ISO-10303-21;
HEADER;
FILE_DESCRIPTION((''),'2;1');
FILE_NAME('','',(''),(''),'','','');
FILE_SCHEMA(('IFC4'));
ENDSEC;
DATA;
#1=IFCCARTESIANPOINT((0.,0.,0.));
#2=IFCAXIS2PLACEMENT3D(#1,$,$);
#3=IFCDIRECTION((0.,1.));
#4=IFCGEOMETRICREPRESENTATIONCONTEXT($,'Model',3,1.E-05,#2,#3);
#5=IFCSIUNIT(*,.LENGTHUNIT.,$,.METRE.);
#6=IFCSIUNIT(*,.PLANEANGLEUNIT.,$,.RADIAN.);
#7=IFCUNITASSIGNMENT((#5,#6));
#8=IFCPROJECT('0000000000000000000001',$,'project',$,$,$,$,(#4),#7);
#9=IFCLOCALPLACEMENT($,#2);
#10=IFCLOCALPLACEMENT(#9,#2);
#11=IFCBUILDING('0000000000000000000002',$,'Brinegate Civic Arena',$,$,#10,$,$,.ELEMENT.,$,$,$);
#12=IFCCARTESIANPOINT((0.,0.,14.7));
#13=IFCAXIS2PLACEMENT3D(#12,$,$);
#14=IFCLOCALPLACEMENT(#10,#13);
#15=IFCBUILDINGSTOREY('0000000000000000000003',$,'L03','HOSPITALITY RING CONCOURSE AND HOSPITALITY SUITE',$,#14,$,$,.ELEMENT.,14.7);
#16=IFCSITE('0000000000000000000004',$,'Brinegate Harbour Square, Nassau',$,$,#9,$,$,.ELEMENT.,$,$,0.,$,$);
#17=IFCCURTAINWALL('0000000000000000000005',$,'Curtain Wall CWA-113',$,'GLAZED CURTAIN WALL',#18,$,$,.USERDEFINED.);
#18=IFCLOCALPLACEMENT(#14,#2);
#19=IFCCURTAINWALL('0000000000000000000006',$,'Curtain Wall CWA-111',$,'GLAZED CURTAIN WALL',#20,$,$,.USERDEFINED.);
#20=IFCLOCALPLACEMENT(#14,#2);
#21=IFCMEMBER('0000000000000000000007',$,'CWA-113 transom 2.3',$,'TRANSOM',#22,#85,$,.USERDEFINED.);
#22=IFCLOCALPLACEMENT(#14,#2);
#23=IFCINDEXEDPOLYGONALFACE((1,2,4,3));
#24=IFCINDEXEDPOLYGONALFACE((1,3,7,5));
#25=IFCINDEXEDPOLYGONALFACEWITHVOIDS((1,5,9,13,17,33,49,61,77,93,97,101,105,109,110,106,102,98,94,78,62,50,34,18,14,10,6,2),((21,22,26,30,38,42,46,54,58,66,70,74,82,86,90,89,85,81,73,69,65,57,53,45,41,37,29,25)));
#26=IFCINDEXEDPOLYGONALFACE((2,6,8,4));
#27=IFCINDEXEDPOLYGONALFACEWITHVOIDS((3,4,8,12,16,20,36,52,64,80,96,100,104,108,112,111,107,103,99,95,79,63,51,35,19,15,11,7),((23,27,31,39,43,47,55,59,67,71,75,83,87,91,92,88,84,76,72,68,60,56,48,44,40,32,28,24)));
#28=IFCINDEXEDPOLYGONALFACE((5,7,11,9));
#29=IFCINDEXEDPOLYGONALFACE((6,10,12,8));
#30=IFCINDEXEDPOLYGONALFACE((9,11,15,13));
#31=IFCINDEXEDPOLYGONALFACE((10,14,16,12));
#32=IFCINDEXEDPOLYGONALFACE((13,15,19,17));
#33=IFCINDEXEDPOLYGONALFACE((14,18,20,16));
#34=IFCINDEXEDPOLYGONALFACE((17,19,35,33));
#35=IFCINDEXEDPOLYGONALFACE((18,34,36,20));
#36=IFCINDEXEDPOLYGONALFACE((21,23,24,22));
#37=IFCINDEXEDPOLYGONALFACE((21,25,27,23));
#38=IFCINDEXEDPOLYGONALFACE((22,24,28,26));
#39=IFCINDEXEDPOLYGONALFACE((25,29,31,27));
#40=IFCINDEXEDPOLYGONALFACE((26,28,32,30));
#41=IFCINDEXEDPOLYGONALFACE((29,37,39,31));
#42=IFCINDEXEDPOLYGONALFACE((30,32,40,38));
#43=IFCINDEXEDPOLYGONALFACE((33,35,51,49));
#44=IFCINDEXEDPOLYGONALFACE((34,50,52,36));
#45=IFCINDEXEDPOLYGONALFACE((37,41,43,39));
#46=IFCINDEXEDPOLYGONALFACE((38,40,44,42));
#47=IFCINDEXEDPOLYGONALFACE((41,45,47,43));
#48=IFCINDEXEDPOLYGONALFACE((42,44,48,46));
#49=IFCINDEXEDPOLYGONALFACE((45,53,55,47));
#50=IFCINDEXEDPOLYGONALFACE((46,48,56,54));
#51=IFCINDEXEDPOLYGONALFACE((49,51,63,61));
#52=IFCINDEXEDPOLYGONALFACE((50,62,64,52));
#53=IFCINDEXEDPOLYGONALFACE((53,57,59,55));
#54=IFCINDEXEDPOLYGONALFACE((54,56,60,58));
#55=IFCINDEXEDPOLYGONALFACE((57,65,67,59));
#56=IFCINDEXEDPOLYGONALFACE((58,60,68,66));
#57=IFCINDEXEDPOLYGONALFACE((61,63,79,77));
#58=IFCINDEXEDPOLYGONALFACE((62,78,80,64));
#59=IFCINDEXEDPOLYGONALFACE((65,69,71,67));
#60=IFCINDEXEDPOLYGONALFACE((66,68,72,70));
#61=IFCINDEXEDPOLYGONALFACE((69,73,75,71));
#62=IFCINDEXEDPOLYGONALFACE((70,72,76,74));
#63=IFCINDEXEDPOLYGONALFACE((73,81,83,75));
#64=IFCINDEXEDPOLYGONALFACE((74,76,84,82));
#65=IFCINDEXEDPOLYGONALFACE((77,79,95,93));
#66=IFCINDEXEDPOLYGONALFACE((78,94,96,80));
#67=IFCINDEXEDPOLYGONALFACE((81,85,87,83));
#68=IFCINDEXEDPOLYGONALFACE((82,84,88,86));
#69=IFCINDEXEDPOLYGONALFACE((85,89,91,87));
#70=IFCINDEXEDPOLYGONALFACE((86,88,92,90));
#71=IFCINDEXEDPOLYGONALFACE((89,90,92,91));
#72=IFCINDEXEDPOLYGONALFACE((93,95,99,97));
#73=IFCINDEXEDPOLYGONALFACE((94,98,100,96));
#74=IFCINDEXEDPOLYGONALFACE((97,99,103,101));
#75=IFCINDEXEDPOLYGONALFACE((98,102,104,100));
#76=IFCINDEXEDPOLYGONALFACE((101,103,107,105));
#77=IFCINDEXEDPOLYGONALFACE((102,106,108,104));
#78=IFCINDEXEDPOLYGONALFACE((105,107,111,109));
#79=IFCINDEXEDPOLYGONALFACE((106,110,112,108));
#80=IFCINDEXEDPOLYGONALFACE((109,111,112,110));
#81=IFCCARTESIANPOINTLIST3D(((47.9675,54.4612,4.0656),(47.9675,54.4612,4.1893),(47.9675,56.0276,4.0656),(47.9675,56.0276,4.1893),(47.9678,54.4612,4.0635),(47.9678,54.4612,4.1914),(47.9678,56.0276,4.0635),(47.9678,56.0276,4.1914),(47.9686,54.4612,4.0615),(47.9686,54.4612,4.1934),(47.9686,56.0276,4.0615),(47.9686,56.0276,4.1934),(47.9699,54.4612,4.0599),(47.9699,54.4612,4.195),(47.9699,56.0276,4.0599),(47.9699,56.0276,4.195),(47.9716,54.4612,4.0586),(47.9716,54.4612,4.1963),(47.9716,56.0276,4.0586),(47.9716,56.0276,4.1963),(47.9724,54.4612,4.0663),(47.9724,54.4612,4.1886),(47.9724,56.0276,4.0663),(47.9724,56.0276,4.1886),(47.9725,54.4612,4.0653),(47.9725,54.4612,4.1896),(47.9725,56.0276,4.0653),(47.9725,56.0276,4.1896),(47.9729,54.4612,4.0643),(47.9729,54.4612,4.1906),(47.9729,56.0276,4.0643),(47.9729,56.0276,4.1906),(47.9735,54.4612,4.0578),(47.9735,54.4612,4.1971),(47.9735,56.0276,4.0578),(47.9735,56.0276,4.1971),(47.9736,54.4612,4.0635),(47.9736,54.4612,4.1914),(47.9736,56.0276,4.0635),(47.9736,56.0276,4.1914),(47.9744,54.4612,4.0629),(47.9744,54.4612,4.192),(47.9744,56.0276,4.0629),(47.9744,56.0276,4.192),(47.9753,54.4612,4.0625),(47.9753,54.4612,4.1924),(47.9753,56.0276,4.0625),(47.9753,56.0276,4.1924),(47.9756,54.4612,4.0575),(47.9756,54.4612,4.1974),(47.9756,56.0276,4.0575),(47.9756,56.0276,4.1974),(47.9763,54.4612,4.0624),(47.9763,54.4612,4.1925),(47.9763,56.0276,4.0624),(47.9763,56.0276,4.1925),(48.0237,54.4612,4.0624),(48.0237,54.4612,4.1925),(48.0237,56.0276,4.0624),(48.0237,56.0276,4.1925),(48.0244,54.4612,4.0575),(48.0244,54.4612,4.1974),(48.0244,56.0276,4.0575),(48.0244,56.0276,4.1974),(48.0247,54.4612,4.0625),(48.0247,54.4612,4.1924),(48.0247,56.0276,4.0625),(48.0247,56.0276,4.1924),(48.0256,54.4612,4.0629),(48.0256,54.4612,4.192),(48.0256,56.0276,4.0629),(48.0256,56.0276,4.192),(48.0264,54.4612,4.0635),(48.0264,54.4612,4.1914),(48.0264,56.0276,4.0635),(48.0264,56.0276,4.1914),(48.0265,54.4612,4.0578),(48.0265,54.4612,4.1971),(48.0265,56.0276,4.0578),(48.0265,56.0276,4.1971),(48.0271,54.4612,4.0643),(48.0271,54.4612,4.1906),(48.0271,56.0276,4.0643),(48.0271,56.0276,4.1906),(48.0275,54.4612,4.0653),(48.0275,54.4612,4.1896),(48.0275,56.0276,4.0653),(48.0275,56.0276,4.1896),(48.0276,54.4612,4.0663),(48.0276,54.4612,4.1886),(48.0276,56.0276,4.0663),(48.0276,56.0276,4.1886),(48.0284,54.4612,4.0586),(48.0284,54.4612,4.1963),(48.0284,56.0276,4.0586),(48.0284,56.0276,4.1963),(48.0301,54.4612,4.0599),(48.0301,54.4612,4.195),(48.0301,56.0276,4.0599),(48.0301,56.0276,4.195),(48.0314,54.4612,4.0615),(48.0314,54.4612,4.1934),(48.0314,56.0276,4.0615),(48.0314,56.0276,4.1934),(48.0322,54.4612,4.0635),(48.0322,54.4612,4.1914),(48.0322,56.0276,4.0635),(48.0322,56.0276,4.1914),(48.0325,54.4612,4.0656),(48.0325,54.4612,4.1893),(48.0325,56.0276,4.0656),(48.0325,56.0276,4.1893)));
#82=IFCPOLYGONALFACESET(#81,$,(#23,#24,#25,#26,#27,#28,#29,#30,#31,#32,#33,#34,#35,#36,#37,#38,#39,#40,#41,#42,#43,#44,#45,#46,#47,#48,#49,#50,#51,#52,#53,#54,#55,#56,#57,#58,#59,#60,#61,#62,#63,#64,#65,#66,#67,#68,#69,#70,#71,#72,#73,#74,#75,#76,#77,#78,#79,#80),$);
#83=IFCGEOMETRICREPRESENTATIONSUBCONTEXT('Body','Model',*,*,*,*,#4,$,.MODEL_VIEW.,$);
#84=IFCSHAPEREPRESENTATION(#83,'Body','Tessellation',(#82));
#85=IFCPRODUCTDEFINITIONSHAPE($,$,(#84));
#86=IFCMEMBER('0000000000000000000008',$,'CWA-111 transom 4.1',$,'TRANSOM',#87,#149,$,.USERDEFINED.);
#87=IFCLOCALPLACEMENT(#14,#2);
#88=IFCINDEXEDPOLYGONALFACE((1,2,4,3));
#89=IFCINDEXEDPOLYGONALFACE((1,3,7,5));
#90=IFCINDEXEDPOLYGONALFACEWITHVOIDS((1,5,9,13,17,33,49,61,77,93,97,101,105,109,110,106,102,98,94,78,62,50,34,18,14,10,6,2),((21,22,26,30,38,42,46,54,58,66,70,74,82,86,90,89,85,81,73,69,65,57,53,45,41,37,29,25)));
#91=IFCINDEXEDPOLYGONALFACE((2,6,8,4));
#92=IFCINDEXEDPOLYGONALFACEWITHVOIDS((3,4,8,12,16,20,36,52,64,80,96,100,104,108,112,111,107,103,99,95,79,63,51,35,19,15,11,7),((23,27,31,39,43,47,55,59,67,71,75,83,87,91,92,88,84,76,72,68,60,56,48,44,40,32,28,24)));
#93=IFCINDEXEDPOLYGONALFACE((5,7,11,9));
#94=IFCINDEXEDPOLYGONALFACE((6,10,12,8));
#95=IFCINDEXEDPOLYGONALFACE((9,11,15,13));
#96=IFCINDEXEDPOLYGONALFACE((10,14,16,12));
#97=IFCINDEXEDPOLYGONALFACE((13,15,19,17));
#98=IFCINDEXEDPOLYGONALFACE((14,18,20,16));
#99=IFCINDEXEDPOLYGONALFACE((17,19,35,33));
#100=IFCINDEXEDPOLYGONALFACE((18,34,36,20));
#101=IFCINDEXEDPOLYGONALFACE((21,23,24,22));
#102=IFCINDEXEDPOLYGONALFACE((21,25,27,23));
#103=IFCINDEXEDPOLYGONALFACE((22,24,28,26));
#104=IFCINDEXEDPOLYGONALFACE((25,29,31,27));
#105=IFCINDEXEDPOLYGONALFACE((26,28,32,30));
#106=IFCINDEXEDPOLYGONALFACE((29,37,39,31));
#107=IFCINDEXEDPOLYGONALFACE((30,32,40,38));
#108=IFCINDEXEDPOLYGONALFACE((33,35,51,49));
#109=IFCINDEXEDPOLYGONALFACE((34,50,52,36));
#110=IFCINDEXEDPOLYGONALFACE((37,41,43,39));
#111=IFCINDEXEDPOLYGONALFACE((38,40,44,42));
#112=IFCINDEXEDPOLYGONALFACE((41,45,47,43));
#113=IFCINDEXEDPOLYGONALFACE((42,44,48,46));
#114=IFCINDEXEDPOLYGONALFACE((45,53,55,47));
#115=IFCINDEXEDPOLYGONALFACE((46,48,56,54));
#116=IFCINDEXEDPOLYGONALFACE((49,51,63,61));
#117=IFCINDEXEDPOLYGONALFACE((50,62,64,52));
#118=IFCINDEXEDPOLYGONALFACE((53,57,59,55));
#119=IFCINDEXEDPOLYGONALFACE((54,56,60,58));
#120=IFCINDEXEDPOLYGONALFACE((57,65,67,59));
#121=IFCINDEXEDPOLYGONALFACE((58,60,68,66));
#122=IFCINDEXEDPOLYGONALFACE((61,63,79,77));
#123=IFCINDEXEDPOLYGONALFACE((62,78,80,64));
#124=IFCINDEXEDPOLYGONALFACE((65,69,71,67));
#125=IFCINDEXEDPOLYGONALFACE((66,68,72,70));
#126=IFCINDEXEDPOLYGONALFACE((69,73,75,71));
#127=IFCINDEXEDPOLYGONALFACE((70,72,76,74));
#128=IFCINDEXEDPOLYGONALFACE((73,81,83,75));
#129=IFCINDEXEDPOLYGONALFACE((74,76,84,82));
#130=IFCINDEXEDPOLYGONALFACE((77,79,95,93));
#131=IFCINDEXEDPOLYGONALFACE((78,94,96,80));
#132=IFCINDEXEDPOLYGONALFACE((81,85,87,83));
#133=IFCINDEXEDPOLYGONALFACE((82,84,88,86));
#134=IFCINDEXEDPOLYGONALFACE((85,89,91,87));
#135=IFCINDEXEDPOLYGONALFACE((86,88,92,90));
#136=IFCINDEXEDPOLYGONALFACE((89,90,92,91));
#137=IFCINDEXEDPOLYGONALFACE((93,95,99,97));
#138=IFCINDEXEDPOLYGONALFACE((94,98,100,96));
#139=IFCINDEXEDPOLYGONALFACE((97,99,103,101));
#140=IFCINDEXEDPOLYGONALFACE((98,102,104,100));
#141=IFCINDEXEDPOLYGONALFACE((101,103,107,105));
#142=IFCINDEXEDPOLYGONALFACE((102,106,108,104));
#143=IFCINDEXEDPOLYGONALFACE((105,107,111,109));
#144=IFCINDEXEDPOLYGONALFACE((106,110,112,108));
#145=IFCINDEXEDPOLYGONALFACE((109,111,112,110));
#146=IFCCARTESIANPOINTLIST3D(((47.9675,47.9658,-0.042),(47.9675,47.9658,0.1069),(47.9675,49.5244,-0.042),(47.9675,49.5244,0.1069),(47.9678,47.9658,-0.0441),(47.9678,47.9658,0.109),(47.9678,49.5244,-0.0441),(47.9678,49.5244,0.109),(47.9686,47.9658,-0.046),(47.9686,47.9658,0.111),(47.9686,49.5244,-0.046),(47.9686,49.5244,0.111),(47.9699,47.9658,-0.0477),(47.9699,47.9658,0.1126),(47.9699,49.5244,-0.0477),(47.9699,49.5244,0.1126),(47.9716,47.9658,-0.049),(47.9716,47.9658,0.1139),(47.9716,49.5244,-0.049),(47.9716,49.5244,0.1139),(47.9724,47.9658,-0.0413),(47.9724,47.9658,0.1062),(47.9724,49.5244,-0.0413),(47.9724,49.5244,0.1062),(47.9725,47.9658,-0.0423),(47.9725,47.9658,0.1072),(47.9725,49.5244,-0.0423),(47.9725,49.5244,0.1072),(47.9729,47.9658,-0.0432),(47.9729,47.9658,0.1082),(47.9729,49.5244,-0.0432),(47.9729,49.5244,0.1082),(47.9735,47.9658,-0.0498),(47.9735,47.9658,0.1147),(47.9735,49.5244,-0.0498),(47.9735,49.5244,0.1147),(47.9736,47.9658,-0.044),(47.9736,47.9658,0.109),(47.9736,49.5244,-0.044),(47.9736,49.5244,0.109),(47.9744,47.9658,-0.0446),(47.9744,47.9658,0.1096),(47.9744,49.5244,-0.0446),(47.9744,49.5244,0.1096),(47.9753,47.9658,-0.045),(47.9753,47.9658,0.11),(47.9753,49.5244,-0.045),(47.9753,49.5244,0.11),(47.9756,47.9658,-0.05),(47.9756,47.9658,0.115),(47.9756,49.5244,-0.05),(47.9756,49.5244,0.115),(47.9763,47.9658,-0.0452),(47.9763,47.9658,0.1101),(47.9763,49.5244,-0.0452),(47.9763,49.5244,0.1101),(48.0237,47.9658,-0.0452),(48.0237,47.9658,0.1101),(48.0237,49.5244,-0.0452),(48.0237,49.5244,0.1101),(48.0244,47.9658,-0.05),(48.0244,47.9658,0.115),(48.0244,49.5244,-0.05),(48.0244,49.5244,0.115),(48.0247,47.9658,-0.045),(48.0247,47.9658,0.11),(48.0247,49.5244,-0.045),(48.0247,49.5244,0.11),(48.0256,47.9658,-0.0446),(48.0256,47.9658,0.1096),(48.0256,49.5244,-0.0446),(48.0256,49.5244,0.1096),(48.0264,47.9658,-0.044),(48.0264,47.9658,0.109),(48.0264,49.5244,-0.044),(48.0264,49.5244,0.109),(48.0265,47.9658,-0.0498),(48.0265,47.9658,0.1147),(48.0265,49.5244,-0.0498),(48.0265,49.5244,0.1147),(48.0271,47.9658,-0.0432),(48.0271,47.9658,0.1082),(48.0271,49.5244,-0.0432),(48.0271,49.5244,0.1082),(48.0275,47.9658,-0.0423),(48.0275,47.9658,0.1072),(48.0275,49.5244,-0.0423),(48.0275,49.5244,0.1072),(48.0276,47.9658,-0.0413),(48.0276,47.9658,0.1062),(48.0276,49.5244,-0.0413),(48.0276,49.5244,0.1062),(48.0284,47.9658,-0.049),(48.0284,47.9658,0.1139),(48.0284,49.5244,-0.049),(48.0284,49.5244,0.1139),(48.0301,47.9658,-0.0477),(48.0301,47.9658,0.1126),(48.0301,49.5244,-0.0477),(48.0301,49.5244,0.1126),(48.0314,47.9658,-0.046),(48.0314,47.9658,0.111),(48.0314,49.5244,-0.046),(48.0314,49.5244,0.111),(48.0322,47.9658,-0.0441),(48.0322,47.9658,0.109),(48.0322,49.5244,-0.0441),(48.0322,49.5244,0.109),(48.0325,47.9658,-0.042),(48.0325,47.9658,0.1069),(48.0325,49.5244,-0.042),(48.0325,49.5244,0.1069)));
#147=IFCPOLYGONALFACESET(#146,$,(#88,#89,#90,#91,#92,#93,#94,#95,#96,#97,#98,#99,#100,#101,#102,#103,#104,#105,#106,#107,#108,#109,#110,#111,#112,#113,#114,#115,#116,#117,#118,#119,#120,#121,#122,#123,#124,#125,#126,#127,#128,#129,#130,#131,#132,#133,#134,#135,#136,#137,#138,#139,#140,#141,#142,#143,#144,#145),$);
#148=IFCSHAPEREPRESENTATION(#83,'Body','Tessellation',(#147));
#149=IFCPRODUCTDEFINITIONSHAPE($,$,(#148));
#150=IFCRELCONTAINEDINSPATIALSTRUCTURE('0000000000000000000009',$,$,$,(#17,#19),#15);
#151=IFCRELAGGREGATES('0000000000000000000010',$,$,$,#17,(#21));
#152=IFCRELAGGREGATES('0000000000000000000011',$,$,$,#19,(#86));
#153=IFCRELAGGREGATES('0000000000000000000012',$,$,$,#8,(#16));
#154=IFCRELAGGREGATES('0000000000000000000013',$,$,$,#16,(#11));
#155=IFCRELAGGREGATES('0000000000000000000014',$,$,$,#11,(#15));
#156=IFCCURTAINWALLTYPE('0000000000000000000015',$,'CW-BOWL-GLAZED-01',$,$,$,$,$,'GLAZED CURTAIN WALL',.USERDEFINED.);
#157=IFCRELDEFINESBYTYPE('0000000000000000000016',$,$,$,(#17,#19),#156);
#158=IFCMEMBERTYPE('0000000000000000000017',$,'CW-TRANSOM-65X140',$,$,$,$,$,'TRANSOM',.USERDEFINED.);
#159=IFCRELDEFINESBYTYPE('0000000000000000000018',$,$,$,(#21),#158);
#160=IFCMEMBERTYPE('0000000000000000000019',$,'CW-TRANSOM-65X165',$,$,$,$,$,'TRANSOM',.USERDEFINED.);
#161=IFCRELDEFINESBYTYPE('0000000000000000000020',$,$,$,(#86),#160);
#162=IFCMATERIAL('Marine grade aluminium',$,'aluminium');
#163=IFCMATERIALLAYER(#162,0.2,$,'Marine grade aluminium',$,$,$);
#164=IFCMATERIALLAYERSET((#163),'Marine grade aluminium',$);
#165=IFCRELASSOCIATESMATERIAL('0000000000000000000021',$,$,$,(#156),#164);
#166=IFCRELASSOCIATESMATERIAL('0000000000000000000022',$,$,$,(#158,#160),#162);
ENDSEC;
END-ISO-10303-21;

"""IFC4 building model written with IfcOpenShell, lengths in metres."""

from ifc_helpers import new_model, si_unit, direction, frame, origin, origin_2d, place, context, subcontext, project, spatial, hollow_rectangle, extrude, material, layer, layer_set, material_profile, profile_set, type_object, element, aggregate, save


model = new_model("IFC4")

# Units and contexts
model_context = context("Model", 3, precision=1e-05, world=origin(), true_north=direction((0.0, 1.0)))
body_context = subcontext(model_context, "Body", "Model", "MODEL_VIEW")
ifc_project = project(units=[si_unit("LENGTHUNIT", "METRE"), si_unit("PLANEANGLEUNIT", "RADIAN")], contexts=[model_context])

# Site, building, storey
site_placement = place(None, origin())
site = spatial("IfcSite", under=ifc_project, at=site_placement, Name="Brinegate Harbour Square, Nassau", CompositionType="ELEMENT", RefElevation=0.0)
building_placement = place(site_placement, origin())
building = spatial("IfcBuilding", under=site, at=building_placement, Name="Brinegate Civic Arena", CompositionType="ELEMENT")
storey_placement = place(building_placement, frame((0.0, 0.0, 14.7)))
storey = spatial("IfcBuildingStorey", under=building, at=storey_placement, Name="L03", Description="HOSPITALITY RING CONCOURSE AND HOSPITALITY SUITE", CompositionType="ELEMENT", Elevation=14.7)

# Curtain wall
ifc_material_1 = material(Name="Marine grade aluminium", Category="aluminium")
ifc_layer_1 = layer(ifc_material_1, 0.2, Name="Marine grade aluminium")
ifc_layer_set_1 = layer_set([ifc_layer_1], Name="Marine grade aluminium")
curtain_wall_type_1 = type_object("IfcCurtainWallType", Name="CW-BOWL-GLAZED-01", ElementType="GLAZED CURTAIN WALL", PredefinedType="USERDEFINED", material=ifc_layer_set_1)
curtain_wall_1_placement = place(storey_placement, origin())
curtain_wall_1 = element("IfcCurtainWall", 1, at=curtain_wall_1_placement, inside=storey, type_object=curtain_wall_type_1, Name="Curtain Wall CWA-113", ObjectType="GLAZED CURTAIN WALL", PredefinedType="USERDEFINED")

# Curtain wall
curtain_wall_2_placement = place(storey_placement, origin())
curtain_wall_2 = element("IfcCurtainWall", 2, at=curtain_wall_2_placement, inside=storey, type_object=curtain_wall_type_1, Name="Curtain Wall CWA-111", ObjectType="GLAZED CURTAIN WALL", PredefinedType="USERDEFINED")

# Members
ifc_material_profile_1 = material_profile(ifc_material_1, hollow_rectangle(XDim=0.0649, YDim=0.1399, WallThickness=0.0049, InnerFilletRadius=0.0039, OuterFilletRadius=0.0081, at=origin_2d()), Name="TRN65X140")
ifc_profile_set_1 = profile_set([ifc_material_profile_1], Name="Marine grade aluminium")
member_type_1 = type_object("IfcMemberType", Name="CW-TRANSOM-65X140", ElementType="TRANSOM", PredefinedType="USERDEFINED", material=ifc_profile_set_1)
member_1_placement = place(storey_placement, frame((48.0, 54.4612, 4.1274), z_axis=(0.0, 1.0, 0.0), x_axis=(-1.0, 0.0, 0.0)))
member_1 = element("IfcMember", 3, at=member_1_placement, type_object=member_type_1, Name="CWA-113 transom 2.3", ObjectType="TRANSOM", PredefinedType="USERDEFINED", context=body_context, shape_type="SweptSolid", body=[
    extrude(hollow_rectangle(XDim=0.0649, YDim=0.1399, WallThickness=0.0049, InnerFilletRadius=0.0039, OuterFilletRadius=0.0081, at=origin_2d()), origin(), (0.0, 0.0, 1.0), 1.5664),
])
ifc_material_profile_2 = material_profile(ifc_material_1, hollow_rectangle(XDim=0.0649, YDim=0.165, WallThickness=0.0049, InnerFilletRadius=0.0039, OuterFilletRadius=0.0081, at=origin_2d()), Name="TRN65X165")
ifc_profile_set_2 = profile_set([ifc_material_profile_2], Name="Marine grade aluminium")
member_type_2 = type_object("IfcMemberType", Name="CW-TRANSOM-65X165", ElementType="TRANSOM", PredefinedType="USERDEFINED", material=ifc_profile_set_2)
member_2_placement = place(storey_placement, frame((48.0, 47.9658, 0.0325), z_axis=(0.0, 1.0, 0.0), x_axis=(-1.0, 0.0, 0.0)))
member_2 = element("IfcMember", 4, at=member_2_placement, type_object=member_type_2, Name="CWA-111 transom 4.1", ObjectType="TRANSOM", PredefinedType="USERDEFINED", context=body_context, shape_type="SweptSolid", body=[
    extrude(hollow_rectangle(XDim=0.0649, YDim=0.165, WallThickness=0.0049, InnerFilletRadius=0.0039, OuterFilletRadius=0.0081, at=origin_2d()), origin(), (0.0, 0.0, 1.0), 1.5586),
])

aggregate(curtain_wall_1, [member_1])
aggregate(curtain_wall_2, [member_2])

save(model, "model.ifc")
